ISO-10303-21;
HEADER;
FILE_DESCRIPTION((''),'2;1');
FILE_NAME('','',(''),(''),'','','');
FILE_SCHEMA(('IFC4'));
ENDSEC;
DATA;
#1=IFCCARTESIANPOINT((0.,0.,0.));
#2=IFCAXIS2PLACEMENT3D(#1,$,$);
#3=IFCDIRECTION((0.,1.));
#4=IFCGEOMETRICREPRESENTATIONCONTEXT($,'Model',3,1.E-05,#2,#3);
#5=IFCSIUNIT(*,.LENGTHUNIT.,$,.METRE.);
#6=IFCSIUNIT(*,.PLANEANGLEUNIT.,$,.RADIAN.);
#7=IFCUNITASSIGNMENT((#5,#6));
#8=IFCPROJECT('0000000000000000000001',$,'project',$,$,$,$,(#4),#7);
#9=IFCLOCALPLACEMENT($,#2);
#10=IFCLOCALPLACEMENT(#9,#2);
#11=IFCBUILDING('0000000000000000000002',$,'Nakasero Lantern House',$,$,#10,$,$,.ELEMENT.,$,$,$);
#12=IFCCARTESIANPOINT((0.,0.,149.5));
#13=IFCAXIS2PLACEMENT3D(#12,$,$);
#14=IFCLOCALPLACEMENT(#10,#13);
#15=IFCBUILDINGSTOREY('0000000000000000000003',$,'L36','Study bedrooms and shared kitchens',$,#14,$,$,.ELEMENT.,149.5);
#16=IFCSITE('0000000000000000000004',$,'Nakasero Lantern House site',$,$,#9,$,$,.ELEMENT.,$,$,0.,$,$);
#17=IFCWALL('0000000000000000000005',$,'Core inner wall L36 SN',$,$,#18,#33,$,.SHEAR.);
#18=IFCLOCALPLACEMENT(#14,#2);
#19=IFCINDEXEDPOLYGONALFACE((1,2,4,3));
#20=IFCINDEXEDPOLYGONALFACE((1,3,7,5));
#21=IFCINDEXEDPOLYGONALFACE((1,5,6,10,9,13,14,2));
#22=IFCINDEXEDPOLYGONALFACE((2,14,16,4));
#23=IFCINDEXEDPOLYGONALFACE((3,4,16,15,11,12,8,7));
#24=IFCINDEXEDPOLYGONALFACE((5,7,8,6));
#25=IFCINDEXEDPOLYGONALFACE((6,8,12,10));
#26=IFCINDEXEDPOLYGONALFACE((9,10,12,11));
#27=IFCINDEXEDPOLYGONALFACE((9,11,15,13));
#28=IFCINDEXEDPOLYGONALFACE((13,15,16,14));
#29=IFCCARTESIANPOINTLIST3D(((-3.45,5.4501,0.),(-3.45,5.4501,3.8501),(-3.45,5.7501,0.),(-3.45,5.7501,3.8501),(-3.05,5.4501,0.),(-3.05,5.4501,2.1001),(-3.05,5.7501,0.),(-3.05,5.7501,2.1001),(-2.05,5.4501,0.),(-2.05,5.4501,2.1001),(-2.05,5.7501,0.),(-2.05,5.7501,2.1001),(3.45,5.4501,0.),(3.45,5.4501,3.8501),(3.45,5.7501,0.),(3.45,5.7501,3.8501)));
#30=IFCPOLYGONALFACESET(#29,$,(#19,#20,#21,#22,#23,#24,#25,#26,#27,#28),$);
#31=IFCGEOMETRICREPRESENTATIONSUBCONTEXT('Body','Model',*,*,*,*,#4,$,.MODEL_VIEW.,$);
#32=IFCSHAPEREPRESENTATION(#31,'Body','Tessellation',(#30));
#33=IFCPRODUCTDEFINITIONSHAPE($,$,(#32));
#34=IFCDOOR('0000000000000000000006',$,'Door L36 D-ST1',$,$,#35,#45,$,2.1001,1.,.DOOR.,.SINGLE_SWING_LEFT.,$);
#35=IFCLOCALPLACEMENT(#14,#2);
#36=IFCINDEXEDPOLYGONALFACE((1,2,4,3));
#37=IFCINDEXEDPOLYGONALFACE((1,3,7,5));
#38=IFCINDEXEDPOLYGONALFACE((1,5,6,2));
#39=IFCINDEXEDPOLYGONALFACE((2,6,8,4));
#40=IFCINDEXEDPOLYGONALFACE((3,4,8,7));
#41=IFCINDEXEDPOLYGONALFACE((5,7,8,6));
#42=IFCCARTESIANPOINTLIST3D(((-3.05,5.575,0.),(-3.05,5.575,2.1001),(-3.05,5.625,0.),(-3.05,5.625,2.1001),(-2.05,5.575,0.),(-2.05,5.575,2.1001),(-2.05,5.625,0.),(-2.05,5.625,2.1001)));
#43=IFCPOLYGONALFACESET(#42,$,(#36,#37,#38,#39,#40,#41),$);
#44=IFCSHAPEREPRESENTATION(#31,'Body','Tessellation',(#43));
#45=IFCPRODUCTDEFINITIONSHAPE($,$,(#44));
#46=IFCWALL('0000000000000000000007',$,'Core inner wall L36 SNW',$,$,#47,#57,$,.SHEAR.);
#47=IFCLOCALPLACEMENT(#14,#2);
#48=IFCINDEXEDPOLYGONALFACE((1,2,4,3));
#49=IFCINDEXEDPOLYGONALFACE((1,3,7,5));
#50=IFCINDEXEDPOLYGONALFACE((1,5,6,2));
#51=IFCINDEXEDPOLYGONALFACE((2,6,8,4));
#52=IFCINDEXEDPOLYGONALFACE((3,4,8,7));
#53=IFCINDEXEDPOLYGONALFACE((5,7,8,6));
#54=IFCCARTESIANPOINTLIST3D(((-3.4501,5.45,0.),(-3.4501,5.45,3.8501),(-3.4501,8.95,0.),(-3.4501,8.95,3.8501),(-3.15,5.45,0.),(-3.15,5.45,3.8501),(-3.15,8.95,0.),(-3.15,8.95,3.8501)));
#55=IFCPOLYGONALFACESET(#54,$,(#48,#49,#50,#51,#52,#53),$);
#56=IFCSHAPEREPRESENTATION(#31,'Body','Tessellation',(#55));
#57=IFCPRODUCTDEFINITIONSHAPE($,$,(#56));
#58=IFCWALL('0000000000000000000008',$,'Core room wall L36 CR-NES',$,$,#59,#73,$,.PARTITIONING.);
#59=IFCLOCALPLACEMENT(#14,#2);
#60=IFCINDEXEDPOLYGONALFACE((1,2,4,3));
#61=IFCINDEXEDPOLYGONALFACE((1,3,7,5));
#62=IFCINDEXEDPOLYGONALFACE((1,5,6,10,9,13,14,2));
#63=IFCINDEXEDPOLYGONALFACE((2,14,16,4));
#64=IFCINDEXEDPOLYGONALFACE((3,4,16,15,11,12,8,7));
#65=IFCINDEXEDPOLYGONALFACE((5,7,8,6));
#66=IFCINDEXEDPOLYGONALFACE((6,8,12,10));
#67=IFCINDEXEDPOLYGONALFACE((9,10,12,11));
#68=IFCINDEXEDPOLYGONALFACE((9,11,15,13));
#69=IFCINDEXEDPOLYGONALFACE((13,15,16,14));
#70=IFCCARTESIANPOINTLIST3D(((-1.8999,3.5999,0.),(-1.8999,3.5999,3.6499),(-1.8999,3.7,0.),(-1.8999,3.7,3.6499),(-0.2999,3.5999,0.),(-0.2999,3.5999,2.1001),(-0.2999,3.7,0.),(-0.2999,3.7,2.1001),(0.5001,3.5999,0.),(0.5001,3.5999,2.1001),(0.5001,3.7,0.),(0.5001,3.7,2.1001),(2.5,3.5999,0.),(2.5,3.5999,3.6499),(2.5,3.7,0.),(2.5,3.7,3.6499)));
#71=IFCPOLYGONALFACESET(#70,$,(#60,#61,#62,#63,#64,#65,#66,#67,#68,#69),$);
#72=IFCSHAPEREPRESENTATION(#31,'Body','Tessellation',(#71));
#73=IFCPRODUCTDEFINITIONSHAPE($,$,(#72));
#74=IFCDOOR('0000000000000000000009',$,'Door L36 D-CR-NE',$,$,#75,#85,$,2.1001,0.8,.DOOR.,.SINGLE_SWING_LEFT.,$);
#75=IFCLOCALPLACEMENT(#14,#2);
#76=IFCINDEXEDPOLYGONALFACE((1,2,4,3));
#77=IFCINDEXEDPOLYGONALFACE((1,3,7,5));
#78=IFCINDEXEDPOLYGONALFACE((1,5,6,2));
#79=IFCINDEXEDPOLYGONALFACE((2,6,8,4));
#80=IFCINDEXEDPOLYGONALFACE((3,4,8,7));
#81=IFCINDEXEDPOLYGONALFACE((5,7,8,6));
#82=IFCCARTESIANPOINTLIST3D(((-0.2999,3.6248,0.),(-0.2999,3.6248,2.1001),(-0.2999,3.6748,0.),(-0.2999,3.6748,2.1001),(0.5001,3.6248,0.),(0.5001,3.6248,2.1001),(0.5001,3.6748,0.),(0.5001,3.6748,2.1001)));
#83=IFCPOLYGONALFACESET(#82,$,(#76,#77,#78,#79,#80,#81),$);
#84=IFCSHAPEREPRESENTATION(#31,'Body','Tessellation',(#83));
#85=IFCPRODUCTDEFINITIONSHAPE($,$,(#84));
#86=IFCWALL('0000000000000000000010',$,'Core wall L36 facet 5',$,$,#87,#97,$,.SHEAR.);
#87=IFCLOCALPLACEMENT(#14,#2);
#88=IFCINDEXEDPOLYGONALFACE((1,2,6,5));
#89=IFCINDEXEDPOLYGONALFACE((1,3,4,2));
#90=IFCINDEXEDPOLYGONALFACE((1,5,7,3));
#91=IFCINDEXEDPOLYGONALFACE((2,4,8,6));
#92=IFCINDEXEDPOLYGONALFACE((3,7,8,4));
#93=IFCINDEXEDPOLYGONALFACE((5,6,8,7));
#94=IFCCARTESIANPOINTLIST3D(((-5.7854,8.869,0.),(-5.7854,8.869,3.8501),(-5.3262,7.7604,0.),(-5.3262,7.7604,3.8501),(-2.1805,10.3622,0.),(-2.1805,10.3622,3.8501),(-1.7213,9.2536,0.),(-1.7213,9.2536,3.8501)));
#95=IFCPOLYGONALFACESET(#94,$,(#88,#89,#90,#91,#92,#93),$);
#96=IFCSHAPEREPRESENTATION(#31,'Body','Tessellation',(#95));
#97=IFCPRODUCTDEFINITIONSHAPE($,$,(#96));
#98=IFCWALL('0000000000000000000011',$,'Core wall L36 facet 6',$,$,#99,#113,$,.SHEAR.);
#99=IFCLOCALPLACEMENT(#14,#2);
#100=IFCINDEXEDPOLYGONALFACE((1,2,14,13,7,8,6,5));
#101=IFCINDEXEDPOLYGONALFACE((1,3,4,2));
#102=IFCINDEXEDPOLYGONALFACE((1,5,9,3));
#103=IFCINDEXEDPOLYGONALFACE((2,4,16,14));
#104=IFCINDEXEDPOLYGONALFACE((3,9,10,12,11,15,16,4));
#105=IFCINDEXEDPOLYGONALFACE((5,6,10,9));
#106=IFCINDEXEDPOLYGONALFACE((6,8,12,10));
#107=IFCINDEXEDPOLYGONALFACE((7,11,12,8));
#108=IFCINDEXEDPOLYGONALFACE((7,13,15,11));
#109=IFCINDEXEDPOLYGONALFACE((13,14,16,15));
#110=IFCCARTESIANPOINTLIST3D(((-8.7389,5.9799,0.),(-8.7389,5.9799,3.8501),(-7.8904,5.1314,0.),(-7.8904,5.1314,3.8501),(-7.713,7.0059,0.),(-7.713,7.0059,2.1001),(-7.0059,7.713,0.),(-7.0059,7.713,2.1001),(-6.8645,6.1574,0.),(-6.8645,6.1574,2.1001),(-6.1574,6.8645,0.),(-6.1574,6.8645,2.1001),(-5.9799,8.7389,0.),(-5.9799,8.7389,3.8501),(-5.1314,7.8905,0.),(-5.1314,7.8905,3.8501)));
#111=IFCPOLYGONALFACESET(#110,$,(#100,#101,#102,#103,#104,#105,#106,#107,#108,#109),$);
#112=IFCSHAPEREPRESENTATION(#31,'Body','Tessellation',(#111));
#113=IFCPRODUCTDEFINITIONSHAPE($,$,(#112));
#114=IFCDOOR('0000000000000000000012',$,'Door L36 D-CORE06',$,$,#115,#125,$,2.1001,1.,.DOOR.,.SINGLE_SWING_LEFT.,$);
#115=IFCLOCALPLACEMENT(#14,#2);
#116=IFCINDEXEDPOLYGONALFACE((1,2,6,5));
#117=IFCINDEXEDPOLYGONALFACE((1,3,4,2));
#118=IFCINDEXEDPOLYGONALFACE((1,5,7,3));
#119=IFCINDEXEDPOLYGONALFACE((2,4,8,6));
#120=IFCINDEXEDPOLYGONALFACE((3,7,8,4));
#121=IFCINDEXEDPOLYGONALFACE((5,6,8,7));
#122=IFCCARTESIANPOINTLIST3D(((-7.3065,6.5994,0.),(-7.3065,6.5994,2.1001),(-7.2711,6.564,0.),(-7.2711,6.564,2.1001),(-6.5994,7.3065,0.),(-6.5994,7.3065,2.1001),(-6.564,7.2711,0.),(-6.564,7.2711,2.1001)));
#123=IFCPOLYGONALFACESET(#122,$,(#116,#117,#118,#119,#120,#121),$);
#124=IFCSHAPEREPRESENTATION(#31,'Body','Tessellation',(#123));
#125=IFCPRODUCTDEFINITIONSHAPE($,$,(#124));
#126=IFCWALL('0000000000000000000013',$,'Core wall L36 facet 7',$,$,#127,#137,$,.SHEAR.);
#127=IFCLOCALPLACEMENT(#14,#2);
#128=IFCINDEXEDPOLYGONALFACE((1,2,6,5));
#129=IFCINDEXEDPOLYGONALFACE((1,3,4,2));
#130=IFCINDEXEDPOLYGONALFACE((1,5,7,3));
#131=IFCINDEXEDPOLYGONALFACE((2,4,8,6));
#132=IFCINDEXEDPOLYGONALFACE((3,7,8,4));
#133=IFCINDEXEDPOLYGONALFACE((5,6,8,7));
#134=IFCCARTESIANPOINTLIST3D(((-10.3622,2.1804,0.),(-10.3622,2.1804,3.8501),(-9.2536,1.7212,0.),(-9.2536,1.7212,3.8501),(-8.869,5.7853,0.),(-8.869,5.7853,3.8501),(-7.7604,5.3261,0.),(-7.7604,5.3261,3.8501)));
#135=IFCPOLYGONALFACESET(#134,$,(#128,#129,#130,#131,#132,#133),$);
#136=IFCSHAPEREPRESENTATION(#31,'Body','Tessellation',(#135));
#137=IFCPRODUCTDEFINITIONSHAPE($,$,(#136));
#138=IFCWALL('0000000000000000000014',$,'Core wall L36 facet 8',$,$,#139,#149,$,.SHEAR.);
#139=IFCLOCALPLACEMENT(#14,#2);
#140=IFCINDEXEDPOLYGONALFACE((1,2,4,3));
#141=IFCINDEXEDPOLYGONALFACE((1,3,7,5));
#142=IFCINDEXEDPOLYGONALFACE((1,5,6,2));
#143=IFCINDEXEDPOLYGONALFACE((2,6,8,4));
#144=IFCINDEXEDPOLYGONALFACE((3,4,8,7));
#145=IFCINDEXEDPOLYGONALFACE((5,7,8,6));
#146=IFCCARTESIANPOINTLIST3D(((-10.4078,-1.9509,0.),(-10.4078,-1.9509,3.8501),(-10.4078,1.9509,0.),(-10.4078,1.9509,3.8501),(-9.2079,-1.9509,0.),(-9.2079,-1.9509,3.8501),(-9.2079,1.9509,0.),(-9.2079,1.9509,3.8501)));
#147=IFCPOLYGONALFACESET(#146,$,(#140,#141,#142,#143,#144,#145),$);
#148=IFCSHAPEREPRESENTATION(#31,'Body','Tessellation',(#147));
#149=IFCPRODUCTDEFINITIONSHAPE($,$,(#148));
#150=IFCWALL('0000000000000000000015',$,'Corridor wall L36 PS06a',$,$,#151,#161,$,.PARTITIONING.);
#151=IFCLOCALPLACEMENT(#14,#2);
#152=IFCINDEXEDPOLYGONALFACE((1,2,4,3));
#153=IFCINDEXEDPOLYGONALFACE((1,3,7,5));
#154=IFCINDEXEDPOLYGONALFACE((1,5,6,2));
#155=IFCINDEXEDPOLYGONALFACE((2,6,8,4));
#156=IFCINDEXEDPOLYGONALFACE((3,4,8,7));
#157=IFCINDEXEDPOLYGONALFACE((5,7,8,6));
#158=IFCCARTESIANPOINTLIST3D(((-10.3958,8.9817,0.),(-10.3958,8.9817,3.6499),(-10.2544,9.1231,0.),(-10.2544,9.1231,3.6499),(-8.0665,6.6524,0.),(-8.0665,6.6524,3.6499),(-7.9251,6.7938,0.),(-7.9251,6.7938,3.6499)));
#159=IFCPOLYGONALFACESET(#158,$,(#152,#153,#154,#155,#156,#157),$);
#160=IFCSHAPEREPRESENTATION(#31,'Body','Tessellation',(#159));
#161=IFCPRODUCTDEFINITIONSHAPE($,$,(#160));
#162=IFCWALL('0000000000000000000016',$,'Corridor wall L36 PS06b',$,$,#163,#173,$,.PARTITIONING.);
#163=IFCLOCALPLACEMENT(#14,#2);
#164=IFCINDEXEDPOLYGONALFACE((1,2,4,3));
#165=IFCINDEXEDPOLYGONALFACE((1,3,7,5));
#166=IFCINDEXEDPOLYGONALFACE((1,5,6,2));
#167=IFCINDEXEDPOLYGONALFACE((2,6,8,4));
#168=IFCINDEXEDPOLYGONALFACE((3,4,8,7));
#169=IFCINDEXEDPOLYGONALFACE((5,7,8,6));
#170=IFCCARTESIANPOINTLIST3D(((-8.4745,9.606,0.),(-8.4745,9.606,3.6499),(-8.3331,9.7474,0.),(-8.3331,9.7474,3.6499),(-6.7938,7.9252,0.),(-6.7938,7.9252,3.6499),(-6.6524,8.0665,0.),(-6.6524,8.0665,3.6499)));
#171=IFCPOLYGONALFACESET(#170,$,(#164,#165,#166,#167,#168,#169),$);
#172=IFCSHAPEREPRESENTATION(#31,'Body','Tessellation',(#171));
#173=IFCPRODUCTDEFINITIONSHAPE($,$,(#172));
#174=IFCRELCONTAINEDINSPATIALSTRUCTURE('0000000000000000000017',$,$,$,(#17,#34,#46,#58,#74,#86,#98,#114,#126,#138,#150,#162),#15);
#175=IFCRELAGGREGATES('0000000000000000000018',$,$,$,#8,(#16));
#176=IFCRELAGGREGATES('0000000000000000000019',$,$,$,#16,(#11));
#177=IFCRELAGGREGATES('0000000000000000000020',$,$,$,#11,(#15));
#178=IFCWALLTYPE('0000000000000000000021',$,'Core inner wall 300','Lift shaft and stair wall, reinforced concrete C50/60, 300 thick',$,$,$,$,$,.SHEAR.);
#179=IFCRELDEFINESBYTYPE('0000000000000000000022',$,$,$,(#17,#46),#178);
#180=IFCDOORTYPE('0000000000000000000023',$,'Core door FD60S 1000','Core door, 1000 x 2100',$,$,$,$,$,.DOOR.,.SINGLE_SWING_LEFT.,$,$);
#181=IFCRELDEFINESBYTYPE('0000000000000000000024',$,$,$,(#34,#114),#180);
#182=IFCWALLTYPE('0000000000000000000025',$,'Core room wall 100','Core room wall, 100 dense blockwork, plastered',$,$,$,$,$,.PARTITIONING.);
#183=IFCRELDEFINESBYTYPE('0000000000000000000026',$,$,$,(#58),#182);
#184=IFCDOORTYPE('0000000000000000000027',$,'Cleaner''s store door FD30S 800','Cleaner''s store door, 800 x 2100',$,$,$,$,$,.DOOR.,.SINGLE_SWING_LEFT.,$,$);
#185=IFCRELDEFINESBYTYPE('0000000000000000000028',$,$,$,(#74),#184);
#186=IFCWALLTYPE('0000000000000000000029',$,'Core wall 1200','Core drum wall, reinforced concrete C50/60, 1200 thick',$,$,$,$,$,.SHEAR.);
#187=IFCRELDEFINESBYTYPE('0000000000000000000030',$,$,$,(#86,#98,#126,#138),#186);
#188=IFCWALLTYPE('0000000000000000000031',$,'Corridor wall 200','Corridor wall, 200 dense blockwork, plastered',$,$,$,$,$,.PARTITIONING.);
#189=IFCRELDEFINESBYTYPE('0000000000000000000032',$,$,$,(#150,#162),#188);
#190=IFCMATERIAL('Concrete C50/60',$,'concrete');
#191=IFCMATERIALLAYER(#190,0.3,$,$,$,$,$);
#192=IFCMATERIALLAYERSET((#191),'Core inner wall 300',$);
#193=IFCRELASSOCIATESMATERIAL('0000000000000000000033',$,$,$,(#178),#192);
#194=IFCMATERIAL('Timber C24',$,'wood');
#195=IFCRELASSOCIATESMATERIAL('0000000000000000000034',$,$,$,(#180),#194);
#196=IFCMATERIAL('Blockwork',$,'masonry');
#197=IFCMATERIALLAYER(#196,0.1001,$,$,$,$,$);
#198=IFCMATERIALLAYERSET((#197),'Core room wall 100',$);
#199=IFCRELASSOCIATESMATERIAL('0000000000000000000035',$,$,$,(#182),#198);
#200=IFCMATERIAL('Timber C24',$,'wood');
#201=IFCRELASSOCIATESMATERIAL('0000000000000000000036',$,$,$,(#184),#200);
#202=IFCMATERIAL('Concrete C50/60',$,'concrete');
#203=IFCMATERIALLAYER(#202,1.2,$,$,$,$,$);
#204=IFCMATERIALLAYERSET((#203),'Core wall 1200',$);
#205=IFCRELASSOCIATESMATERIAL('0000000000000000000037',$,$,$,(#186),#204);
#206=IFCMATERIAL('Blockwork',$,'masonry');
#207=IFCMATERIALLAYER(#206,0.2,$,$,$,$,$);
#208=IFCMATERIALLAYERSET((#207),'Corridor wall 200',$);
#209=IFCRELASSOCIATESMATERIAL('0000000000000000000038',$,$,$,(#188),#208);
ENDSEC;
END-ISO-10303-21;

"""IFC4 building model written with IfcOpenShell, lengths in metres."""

from ifc_helpers import new_model, si_unit, direction, frame, frame_2d, origin, place, context, subcontext, project, spatial, rectangle, extrude, material, layer, layer_set, type_object, element, fill, save


model = new_model("IFC4")

# Units and contexts
model_context = context("Model", 3, precision=1e-05, world=origin(), true_north=direction((0.0, 1.0)))
body_context = subcontext(model_context, "Body", "Model", "MODEL_VIEW")
ifc_project = project(units=[si_unit("LENGTHUNIT", "METRE"), si_unit("PLANEANGLEUNIT", "RADIAN")], contexts=[model_context])

# Site, building, storey
site_placement = place(None, origin())
site = spatial("IfcSite", under=ifc_project, at=site_placement, Name="Nakasero Lantern House site", CompositionType="ELEMENT", RefElevation=0.0)
building_placement = place(site_placement, origin())
building = spatial("IfcBuilding", under=site, at=building_placement, Name="Nakasero Lantern House", CompositionType="ELEMENT")
storey_placement = place(building_placement, frame((0.0, 0.0, 149.5)))
storey = spatial("IfcBuildingStorey", under=building, at=storey_placement, Name="L36", Description="Study bedrooms and shared kitchens", CompositionType="ELEMENT", Elevation=149.5)

# Shared definitions
ifc_material_1 = material(Name="Concrete C50/60", Category="concrete")
ifc_layer_1 = layer(ifc_material_1, 0.3)
ifc_layer_set_1 = layer_set([ifc_layer_1], Name="Core inner wall 300")
wall_type_1 = type_object("IfcWallType", Name="Core inner wall 300", Description="Lift shaft and stair wall, reinforced concrete C50/60, 300 thick", PredefinedType="SHEAR", material=ifc_layer_set_1)

# Wall, opening, door
wall_1_placement = place(storey_placement, frame((-3.45, 5.6001, 0.0), z_axis=(0.0, 0.0, 1.0), x_axis=(1.0, 0.0, 0.0)))
wall_1 = element("IfcWall", 1, at=wall_1_placement, inside=storey, type_object=wall_type_1, Name="Core inner wall L36 SN", PredefinedType="SHEAR", context=body_context, shape_type="SweptSolid", body=[
    extrude(rectangle(XDim=6.8999, YDim=0.3, at=frame_2d((3.45, 0.0))), origin(), (0.0, 0.0, 1.0), 3.8501),
])
opening_1_placement = place(wall_1_placement, frame((0.3999, 0.0, 0.0)))
opening_1 = element("IfcOpeningElement", 2, at=opening_1_placement, cuts=wall_1, PredefinedType="OPENING", context=body_context, shape_type="SweptSolid", body=[
    extrude(rectangle(XDim=1.0, YDim=2.1001, at=frame_2d((0.5, 1.05))), frame((0.0, 0.1699, 0.0), z_axis=(0.0, -1.0, 0.0), x_axis=(1.0, 0.0, 0.0)), (0.0, 0.0, 1.0), 0.3401),
])
ifc_material_2 = material(Name="Timber C24", Category="wood")
door_type_1 = type_object("IfcDoorType", Name="Core door FD60S 1000", Description="Core door, 1000 x 2100", OperationType="SINGLE_SWING_LEFT", PredefinedType="DOOR", material=ifc_material_2)
door_1_placement = place(opening_1_placement, origin())
door_1 = element("IfcDoor", 3, at=door_1_placement, inside=storey, type_object=door_type_1, Name="Door L36 D-ST1", OperationType="SINGLE_SWING_LEFT", OverallHeight=2.1001, OverallWidth=1.0, PredefinedType="DOOR", context=body_context, shape_type="SweptSolid", body=[
    extrude(rectangle(XDim=1.0, YDim=2.1001, at=frame_2d((0.5, 1.05))), frame((0.0, 0.0249, 0.0), z_axis=(0.0, -1.0, 0.0), x_axis=(1.0, 0.0, 0.0)), (0.0, 0.0, 1.0), 0.05),
])
fill(opening_1, door_1)

# Wall
wall_2_placement = place(storey_placement, frame((-3.3, 5.45, 0.0), z_axis=(0.0, 0.0, 1.0), x_axis=(0.0, 1.0, 0.0)))
element("IfcWall", 4, at=wall_2_placement, inside=storey, type_object=wall_type_1, Name="Core inner wall L36 SNW", PredefinedType="SHEAR", context=body_context, shape_type="SweptSolid", body=[
    extrude(rectangle(XDim=3.5, YDim=0.3, at=frame_2d((1.75, 0.0))), origin(), (0.0, 0.0, 1.0), 3.8501),
])

# Wall, opening, door
ifc_material_3 = material(Name="Blockwork", Category="masonry")
ifc_layer_2 = layer(ifc_material_3, 0.1001)
ifc_layer_set_2 = layer_set([ifc_layer_2], Name="Core room wall 100")
wall_type_2 = type_object("IfcWallType", Name="Core room wall 100", Description="Core room wall, 100 dense blockwork, plastered", PredefinedType="PARTITIONING", material=ifc_layer_set_2)
wall_3_placement = place(storey_placement, frame((-1.8999, 3.6499, 0.0), z_axis=(0.0, 0.0, 1.0), x_axis=(1.0, 0.0, 0.0)))
wall_3 = element("IfcWall", 5, at=wall_3_placement, inside=storey, type_object=wall_type_2, Name="Core room wall L36 CR-NES", PredefinedType="PARTITIONING", context=body_context, shape_type="SweptSolid", body=[
    extrude(rectangle(XDim=4.3999, YDim=0.1001, at=frame_2d((2.2, 0.0))), origin(), (0.0, 0.0, 1.0), 3.6499),
])
opening_2_placement = place(wall_3_placement, frame((1.6001, 0.0, 0.0)))
opening_2 = element("IfcOpeningElement", 6, at=opening_2_placement, cuts=wall_3, PredefinedType="OPENING", context=body_context, shape_type="SweptSolid", body=[
    extrude(rectangle(XDim=0.8, YDim=2.1001, at=frame_2d((0.3999, 1.05))), frame((0.0, 0.0701, 0.0), z_axis=(0.0, -1.0, 0.0), x_axis=(1.0, 0.0, 0.0)), (0.0, 0.0, 1.0), 0.1401),
])
ifc_material_4 = material(Name="Timber C24", Category="wood")
door_type_2 = type_object("IfcDoorType", Name="Cleaner's store door FD30S 800", Description="Cleaner's store door, 800 x 2100", OperationType="SINGLE_SWING_LEFT", PredefinedType="DOOR", material=ifc_material_4)
door_2_placement = place(opening_2_placement, origin())
door_2 = element("IfcDoor", 7, at=door_2_placement, inside=storey, type_object=door_type_2, Name="Door L36 D-CR-NE", OperationType="SINGLE_SWING_LEFT", OverallHeight=2.1001, OverallWidth=0.8, PredefinedType="DOOR", context=body_context, shape_type="SweptSolid", body=[
    extrude(rectangle(XDim=0.8, YDim=2.1001, at=frame_2d((0.3999, 1.05))), frame((0.0, 0.0249, 0.0), z_axis=(0.0, -1.0, 0.0), x_axis=(1.0, 0.0, 0.0)), (0.0, 0.0, 1.0), 0.05),
])
fill(opening_2, door_2)

# Wall
ifc_material_5 = material(Name="Concrete C50/60", Category="concrete")
ifc_layer_3 = layer(ifc_material_5, 1.2)
ifc_layer_set_3 = layer_set([ifc_layer_3], Name="Core wall 1200")
wall_type_3 = type_object("IfcWallType", Name="Core wall 1200", Description="Core drum wall, reinforced concrete C50/60, 1200 thick", PredefinedType="SHEAR", material=ifc_layer_set_3)
wall_4_placement = place(storey_placement, frame((-1.9509, 9.8079, 0.0), z_axis=(0.0, 0.0, 1.0), x_axis=(-0.923877, -0.382691, 0.0)))
element("IfcWall", 8, at=wall_4_placement, inside=storey, type_object=wall_type_3, Name="Core wall L36 facet 5", PredefinedType="SHEAR", context=body_context, shape_type="SweptSolid", body=[
    extrude(rectangle(XDim=3.9019, YDim=1.2, at=frame_2d((1.9509, 0.0))), origin(), (0.0, 0.0, 1.0), 3.8501),
])

# Wall, opening, door
wall_5_placement = place(storey_placement, frame((-5.5557, 8.3147, 0.0), z_axis=(0.0, 0.0, 1.0), x_axis=(-0.707107, -0.707107, 0.0)))
wall_5 = element("IfcWall", 9, at=wall_5_placement, inside=storey, type_object=wall_type_3, Name="Core wall L36 facet 6", PredefinedType="SHEAR", context=body_context, shape_type="SweptSolid", body=[
    extrude(rectangle(XDim=3.9019, YDim=1.2, at=frame_2d((1.9509, 0.0))), origin(), (0.0, 0.0, 1.0), 3.8501),
])
opening_3_placement = place(wall_5_placement, frame((1.4509, 0.0, 0.0)))
opening_3 = element("IfcOpeningElement", 10, at=opening_3_placement, cuts=wall_5, PredefinedType="OPENING", context=body_context, shape_type="SweptSolid", body=[
    extrude(rectangle(XDim=1.0, YDim=2.1001, at=frame_2d((0.5, 1.05))), frame((0.0, 0.6199, 0.0), z_axis=(0.0, -1.0, 0.0), x_axis=(1.0, 0.0, 0.0)), (0.0, 0.0, 1.0), 1.24),
])
door_3_placement = place(opening_3_placement, origin())
door_3 = element("IfcDoor", 11, at=door_3_placement, inside=storey, type_object=door_type_1, Name="Door L36 D-CORE06", OperationType="SINGLE_SWING_LEFT", OverallHeight=2.1001, OverallWidth=1.0, PredefinedType="DOOR", context=body_context, shape_type="SweptSolid", body=[
    extrude(rectangle(XDim=1.0, YDim=2.1001, at=frame_2d((0.5, 1.05))), frame((0.0, 0.0249, 0.0), z_axis=(0.0, -1.0, 0.0), x_axis=(1.0, 0.0, 0.0)), (0.0, 0.0, 1.0), 0.05),
])
fill(opening_3, door_3)

# Walls
for number, where, z_axis, x_axis, name in (
    (12, (-8.3147, 5.5557, 0.0), (0.0, 0.0, 1.0), (-0.382691, -0.923877, 0.0), "Core wall L36 facet 7"),
    (13, (-9.8079, 1.9509, 0.0), (0.0, 0.0, 1.0), (0.0, -1.0, 0.0), "Core wall L36 facet 8"),
):
    element("IfcWall", number, at=place(storey_placement, frame(where, z_axis=z_axis, x_axis=x_axis)), inside=storey, type_object=wall_type_3, Name=name, PredefinedType="SHEAR", context=body_context, shape_type="SweptSolid", body=[
        extrude(rectangle(XDim=3.9019, YDim=1.2, at=frame_2d((1.9509, 0.0))), origin(), (0.0, 0.0, 1.0), 3.8501),
    ])
ifc_material_6 = material(Name="Blockwork", Category="masonry")
ifc_layer_4 = layer(ifc_material_6, 0.2)
ifc_layer_set_4 = layer_set([ifc_layer_4], Name="Corridor wall 200")
wall_type_4 = type_object("IfcWallType", Name="Corridor wall 200", Description="Corridor wall, 200 dense blockwork, plastered", PredefinedType="PARTITIONING", material=ifc_layer_set_4)
wall_6_placement = place(storey_placement, frame((-7.9958, 6.7231, 0.0), z_axis=(0.0, 0.0, 1.0), x_axis=(-0.707107, 0.707107, 0.0)))
element("IfcWall", 14, at=wall_6_placement, inside=storey, type_object=wall_type_4, Name="Corridor wall L36 PS06a", PredefinedType="PARTITIONING", context=body_context, shape_type="SweptSolid", body=[
    extrude(rectangle(XDim=3.2942, YDim=0.2, at=frame_2d((1.647, 0.0))), origin(), (0.0, 0.0, 1.0), 3.6499),
])
wall_7_placement = place(storey_placement, frame((-6.7231, 7.9958, 0.0), z_axis=(0.0, 0.0, 1.0), x_axis=(-0.707055, 0.707158, 0.0)))
element("IfcWall", 15, at=wall_7_placement, inside=storey, type_object=wall_type_4, Name="Corridor wall L36 PS06b", PredefinedType="PARTITIONING", context=body_context, shape_type="SweptSolid", body=[
    extrude(rectangle(XDim=2.377, YDim=0.2, at=frame_2d((1.1885, 0.0))), origin(), (0.0, 0.0, 1.0), 3.6499),
])

save(model, "model.ifc")
